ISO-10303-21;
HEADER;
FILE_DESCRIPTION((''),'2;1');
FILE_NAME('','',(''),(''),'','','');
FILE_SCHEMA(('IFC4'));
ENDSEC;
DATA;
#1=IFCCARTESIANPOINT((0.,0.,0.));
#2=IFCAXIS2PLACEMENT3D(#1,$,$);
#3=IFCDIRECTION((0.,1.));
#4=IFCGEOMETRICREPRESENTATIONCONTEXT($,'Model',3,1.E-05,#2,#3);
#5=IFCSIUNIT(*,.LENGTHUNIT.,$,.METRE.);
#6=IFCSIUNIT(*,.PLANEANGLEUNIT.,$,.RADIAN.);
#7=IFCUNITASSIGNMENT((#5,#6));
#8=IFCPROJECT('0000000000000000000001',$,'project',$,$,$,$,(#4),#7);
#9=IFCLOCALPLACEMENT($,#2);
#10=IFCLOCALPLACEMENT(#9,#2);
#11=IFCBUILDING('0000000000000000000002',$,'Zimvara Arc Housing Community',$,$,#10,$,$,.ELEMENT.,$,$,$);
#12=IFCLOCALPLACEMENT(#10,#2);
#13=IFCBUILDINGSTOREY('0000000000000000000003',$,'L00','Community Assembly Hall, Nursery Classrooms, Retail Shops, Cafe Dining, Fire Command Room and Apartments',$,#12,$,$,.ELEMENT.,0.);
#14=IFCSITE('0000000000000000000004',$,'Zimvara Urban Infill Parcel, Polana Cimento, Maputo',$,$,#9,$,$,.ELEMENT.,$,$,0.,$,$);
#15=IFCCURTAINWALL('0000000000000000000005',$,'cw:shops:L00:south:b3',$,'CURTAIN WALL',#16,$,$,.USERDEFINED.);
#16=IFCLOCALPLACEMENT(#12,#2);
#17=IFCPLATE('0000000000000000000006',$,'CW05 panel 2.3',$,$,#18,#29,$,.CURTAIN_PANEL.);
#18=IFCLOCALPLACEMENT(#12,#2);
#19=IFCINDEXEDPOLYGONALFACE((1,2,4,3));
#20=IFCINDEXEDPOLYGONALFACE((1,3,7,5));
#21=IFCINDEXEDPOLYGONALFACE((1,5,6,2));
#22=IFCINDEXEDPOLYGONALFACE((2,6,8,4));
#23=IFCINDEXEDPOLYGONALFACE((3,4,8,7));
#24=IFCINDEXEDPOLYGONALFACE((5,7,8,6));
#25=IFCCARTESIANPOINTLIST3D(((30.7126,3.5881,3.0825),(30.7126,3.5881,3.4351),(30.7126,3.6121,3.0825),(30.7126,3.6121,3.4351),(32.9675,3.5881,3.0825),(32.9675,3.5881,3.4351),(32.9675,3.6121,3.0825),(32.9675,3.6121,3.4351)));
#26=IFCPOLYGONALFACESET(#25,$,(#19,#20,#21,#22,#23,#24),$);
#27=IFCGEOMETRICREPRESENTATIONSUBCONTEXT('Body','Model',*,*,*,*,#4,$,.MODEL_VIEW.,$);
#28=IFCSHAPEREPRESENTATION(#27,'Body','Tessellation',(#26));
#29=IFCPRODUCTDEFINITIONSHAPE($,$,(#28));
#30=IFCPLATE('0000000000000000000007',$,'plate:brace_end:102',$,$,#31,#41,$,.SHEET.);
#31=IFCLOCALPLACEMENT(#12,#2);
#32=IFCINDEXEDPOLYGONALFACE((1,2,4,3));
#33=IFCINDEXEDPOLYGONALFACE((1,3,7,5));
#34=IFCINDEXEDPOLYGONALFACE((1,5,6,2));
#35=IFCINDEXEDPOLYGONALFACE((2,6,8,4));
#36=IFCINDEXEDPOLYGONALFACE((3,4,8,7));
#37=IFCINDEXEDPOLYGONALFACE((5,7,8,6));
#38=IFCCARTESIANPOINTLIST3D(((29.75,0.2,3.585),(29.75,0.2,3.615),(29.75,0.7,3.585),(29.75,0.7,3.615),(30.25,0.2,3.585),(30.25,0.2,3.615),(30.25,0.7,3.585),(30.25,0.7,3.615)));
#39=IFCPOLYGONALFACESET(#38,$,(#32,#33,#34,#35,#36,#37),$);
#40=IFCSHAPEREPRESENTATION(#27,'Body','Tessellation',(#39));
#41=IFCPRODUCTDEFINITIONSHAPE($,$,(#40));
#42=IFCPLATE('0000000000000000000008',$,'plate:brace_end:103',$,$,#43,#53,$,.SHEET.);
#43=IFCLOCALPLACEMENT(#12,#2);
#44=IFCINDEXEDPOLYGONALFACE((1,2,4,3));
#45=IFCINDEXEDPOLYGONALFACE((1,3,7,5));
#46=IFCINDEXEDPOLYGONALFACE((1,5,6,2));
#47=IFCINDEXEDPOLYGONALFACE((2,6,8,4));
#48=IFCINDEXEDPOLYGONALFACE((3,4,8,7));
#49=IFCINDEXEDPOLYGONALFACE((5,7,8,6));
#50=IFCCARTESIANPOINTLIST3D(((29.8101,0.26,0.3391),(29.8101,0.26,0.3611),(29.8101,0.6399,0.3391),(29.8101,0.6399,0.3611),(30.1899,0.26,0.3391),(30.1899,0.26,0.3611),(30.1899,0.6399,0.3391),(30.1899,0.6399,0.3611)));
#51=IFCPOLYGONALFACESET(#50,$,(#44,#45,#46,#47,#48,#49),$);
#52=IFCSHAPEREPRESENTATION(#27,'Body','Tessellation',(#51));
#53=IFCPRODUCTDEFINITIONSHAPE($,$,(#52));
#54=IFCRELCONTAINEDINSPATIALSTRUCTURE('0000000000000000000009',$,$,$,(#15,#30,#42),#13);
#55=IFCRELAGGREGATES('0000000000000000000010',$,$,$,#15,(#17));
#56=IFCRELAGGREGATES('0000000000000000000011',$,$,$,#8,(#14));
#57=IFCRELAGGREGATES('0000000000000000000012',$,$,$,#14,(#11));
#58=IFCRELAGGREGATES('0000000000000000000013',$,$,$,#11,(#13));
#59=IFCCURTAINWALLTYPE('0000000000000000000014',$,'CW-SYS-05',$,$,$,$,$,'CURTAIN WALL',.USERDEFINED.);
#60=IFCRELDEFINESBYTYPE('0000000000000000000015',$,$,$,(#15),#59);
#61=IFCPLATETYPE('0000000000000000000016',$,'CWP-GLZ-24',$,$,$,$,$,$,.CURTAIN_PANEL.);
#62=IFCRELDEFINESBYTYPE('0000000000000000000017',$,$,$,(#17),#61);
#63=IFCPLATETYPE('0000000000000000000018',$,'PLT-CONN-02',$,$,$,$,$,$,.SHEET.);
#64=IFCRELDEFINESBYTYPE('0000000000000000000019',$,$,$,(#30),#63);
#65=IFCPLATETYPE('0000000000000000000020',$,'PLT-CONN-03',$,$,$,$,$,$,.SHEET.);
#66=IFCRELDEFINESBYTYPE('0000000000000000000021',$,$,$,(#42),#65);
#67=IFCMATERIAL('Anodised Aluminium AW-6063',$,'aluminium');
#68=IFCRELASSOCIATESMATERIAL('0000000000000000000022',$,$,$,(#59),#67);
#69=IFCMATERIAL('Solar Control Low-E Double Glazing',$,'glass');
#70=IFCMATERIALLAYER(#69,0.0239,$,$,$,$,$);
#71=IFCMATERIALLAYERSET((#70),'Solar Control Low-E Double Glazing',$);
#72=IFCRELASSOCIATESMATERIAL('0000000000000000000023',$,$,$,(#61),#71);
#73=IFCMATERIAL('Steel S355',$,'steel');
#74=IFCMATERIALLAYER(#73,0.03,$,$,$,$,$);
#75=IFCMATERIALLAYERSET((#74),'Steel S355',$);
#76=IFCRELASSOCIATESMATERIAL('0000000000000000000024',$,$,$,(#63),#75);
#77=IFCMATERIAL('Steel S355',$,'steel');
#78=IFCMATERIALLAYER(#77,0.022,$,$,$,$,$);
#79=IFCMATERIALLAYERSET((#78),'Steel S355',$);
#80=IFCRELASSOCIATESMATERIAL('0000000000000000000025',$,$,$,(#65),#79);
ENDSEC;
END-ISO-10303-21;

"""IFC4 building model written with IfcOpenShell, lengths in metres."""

from ifc_helpers import new_model, si_unit, direction, frame, origin, origin_2d, place, context, subcontext, project, spatial, rectangle, extrude, material, layer, layer_set, type_object, element, aggregate, save


model = new_model("IFC4")

# Units and contexts
model_context = context("Model", 3, precision=1e-05, world=origin(), true_north=direction((0.0, 1.0)))
body_context = subcontext(model_context, "Body", "Model", "MODEL_VIEW")
ifc_project = project(units=[si_unit("LENGTHUNIT", "METRE"), si_unit("PLANEANGLEUNIT", "RADIAN")], contexts=[model_context])

# Site, building, storey
site_placement = place(None, origin())
site = spatial("IfcSite", under=ifc_project, at=site_placement, Name="Zimvara Urban Infill Parcel, Polana Cimento, Maputo", CompositionType="ELEMENT", RefElevation=0.0)
building_placement = place(site_placement, origin())
building = spatial("IfcBuilding", under=site, at=building_placement, Name="Zimvara Arc Housing Community", CompositionType="ELEMENT")
storey_placement = place(building_placement, origin())
storey = spatial("IfcBuildingStorey", under=building, at=storey_placement, Name="L00", Description="Community Assembly Hall, Nursery Classrooms, Retail Shops, Cafe Dining, Fire Command Room and Apartments", CompositionType="ELEMENT", Elevation=0.0)

# Curtain wall
ifc_material_1 = material(Name="Anodised Aluminium AW-6063", Category="aluminium")
curtain_wall_type = type_object("IfcCurtainWallType", Name="CW-SYS-05", ElementType="CURTAIN WALL", PredefinedType="USERDEFINED", material=ifc_material_1)
curtain_wall_placement = place(storey_placement, origin())
curtain_wall = element("IfcCurtainWall", 1, at=curtain_wall_placement, inside=storey, type_object=curtain_wall_type, Name="cw:shops:L00:south:b3", ObjectType="CURTAIN WALL", PredefinedType="USERDEFINED")

# Plate
ifc_material_2 = material(Name="Solar Control Low-E Double Glazing", Category="glass")
ifc_layer_1 = layer(ifc_material_2, 0.0239)
ifc_layer_set_1 = layer_set([ifc_layer_1], Name="Solar Control Low-E Double Glazing")
plate_type_1 = type_object("IfcPlateType", Name="CWP-GLZ-24", PredefinedType="CURTAIN_PANEL", material=ifc_layer_set_1)
plate_1_placement = place(storey_placement, frame((31.8401, 3.6001, 3.0825), z_axis=(0.0, 0.0, 1.0), x_axis=(1.0, 0.0, 0.0)))
plate_1 = element("IfcPlate", 2, at=plate_1_placement, type_object=plate_type_1, Name="CW05 panel 2.3", PredefinedType="CURTAIN_PANEL", context=body_context, shape_type="SweptSolid", body=[
    extrude(rectangle(XDim=2.2549, YDim=0.0239, at=origin_2d()), origin(), (0.0, 0.0, 1.0), 0.3525),
])
aggregate(curtain_wall, [plate_1])

# Plates
ifc_material_3 = material(Name="Steel S355", Category="steel")
ifc_layer_2 = layer(ifc_material_3, 0.03)
ifc_layer_set_2 = layer_set([ifc_layer_2], Name="Steel S355")
plate_type_2 = type_object("IfcPlateType", Name="PLT-CONN-02", PredefinedType="SHEET", material=ifc_layer_set_2)
plate_2_placement = place(storey_placement, frame((30.0, 0.45, 3.585), z_axis=(0.0, 0.0, 1.0), x_axis=(1.0, 0.0, 0.0)))
element("IfcPlate", 3, at=plate_2_placement, inside=storey, type_object=plate_type_2, Name="plate:brace_end:102", PredefinedType="SHEET", context=body_context, shape_type="SweptSolid", body=[
    extrude(rectangle(XDim=0.5, YDim=0.5, at=origin_2d()), origin(), (0.0, 0.0, 1.0), 0.03),
])
ifc_material_4 = material(Name="Steel S355", Category="steel")
ifc_layer_3 = layer(ifc_material_4, 0.022)
ifc_layer_set_3 = layer_set([ifc_layer_3], Name="Steel S355")
plate_type_3 = type_object("IfcPlateType", Name="PLT-CONN-03", PredefinedType="SHEET", material=ifc_layer_set_3)
plate_3_placement = place(storey_placement, frame((30.0, 0.45, 0.3391), z_axis=(0.0, 0.0, 1.0), x_axis=(1.0, 0.0, 0.0)))
element("IfcPlate", 4, at=plate_3_placement, inside=storey, type_object=plate_type_3, Name="plate:brace_end:103", PredefinedType="SHEET", context=body_context, shape_type="SweptSolid", body=[
    extrude(rectangle(XDim=0.3799, YDim=0.3799, at=origin_2d()), origin(), (0.0, 0.0, 1.0), 0.022),
])

save(model, "model.ifc")
